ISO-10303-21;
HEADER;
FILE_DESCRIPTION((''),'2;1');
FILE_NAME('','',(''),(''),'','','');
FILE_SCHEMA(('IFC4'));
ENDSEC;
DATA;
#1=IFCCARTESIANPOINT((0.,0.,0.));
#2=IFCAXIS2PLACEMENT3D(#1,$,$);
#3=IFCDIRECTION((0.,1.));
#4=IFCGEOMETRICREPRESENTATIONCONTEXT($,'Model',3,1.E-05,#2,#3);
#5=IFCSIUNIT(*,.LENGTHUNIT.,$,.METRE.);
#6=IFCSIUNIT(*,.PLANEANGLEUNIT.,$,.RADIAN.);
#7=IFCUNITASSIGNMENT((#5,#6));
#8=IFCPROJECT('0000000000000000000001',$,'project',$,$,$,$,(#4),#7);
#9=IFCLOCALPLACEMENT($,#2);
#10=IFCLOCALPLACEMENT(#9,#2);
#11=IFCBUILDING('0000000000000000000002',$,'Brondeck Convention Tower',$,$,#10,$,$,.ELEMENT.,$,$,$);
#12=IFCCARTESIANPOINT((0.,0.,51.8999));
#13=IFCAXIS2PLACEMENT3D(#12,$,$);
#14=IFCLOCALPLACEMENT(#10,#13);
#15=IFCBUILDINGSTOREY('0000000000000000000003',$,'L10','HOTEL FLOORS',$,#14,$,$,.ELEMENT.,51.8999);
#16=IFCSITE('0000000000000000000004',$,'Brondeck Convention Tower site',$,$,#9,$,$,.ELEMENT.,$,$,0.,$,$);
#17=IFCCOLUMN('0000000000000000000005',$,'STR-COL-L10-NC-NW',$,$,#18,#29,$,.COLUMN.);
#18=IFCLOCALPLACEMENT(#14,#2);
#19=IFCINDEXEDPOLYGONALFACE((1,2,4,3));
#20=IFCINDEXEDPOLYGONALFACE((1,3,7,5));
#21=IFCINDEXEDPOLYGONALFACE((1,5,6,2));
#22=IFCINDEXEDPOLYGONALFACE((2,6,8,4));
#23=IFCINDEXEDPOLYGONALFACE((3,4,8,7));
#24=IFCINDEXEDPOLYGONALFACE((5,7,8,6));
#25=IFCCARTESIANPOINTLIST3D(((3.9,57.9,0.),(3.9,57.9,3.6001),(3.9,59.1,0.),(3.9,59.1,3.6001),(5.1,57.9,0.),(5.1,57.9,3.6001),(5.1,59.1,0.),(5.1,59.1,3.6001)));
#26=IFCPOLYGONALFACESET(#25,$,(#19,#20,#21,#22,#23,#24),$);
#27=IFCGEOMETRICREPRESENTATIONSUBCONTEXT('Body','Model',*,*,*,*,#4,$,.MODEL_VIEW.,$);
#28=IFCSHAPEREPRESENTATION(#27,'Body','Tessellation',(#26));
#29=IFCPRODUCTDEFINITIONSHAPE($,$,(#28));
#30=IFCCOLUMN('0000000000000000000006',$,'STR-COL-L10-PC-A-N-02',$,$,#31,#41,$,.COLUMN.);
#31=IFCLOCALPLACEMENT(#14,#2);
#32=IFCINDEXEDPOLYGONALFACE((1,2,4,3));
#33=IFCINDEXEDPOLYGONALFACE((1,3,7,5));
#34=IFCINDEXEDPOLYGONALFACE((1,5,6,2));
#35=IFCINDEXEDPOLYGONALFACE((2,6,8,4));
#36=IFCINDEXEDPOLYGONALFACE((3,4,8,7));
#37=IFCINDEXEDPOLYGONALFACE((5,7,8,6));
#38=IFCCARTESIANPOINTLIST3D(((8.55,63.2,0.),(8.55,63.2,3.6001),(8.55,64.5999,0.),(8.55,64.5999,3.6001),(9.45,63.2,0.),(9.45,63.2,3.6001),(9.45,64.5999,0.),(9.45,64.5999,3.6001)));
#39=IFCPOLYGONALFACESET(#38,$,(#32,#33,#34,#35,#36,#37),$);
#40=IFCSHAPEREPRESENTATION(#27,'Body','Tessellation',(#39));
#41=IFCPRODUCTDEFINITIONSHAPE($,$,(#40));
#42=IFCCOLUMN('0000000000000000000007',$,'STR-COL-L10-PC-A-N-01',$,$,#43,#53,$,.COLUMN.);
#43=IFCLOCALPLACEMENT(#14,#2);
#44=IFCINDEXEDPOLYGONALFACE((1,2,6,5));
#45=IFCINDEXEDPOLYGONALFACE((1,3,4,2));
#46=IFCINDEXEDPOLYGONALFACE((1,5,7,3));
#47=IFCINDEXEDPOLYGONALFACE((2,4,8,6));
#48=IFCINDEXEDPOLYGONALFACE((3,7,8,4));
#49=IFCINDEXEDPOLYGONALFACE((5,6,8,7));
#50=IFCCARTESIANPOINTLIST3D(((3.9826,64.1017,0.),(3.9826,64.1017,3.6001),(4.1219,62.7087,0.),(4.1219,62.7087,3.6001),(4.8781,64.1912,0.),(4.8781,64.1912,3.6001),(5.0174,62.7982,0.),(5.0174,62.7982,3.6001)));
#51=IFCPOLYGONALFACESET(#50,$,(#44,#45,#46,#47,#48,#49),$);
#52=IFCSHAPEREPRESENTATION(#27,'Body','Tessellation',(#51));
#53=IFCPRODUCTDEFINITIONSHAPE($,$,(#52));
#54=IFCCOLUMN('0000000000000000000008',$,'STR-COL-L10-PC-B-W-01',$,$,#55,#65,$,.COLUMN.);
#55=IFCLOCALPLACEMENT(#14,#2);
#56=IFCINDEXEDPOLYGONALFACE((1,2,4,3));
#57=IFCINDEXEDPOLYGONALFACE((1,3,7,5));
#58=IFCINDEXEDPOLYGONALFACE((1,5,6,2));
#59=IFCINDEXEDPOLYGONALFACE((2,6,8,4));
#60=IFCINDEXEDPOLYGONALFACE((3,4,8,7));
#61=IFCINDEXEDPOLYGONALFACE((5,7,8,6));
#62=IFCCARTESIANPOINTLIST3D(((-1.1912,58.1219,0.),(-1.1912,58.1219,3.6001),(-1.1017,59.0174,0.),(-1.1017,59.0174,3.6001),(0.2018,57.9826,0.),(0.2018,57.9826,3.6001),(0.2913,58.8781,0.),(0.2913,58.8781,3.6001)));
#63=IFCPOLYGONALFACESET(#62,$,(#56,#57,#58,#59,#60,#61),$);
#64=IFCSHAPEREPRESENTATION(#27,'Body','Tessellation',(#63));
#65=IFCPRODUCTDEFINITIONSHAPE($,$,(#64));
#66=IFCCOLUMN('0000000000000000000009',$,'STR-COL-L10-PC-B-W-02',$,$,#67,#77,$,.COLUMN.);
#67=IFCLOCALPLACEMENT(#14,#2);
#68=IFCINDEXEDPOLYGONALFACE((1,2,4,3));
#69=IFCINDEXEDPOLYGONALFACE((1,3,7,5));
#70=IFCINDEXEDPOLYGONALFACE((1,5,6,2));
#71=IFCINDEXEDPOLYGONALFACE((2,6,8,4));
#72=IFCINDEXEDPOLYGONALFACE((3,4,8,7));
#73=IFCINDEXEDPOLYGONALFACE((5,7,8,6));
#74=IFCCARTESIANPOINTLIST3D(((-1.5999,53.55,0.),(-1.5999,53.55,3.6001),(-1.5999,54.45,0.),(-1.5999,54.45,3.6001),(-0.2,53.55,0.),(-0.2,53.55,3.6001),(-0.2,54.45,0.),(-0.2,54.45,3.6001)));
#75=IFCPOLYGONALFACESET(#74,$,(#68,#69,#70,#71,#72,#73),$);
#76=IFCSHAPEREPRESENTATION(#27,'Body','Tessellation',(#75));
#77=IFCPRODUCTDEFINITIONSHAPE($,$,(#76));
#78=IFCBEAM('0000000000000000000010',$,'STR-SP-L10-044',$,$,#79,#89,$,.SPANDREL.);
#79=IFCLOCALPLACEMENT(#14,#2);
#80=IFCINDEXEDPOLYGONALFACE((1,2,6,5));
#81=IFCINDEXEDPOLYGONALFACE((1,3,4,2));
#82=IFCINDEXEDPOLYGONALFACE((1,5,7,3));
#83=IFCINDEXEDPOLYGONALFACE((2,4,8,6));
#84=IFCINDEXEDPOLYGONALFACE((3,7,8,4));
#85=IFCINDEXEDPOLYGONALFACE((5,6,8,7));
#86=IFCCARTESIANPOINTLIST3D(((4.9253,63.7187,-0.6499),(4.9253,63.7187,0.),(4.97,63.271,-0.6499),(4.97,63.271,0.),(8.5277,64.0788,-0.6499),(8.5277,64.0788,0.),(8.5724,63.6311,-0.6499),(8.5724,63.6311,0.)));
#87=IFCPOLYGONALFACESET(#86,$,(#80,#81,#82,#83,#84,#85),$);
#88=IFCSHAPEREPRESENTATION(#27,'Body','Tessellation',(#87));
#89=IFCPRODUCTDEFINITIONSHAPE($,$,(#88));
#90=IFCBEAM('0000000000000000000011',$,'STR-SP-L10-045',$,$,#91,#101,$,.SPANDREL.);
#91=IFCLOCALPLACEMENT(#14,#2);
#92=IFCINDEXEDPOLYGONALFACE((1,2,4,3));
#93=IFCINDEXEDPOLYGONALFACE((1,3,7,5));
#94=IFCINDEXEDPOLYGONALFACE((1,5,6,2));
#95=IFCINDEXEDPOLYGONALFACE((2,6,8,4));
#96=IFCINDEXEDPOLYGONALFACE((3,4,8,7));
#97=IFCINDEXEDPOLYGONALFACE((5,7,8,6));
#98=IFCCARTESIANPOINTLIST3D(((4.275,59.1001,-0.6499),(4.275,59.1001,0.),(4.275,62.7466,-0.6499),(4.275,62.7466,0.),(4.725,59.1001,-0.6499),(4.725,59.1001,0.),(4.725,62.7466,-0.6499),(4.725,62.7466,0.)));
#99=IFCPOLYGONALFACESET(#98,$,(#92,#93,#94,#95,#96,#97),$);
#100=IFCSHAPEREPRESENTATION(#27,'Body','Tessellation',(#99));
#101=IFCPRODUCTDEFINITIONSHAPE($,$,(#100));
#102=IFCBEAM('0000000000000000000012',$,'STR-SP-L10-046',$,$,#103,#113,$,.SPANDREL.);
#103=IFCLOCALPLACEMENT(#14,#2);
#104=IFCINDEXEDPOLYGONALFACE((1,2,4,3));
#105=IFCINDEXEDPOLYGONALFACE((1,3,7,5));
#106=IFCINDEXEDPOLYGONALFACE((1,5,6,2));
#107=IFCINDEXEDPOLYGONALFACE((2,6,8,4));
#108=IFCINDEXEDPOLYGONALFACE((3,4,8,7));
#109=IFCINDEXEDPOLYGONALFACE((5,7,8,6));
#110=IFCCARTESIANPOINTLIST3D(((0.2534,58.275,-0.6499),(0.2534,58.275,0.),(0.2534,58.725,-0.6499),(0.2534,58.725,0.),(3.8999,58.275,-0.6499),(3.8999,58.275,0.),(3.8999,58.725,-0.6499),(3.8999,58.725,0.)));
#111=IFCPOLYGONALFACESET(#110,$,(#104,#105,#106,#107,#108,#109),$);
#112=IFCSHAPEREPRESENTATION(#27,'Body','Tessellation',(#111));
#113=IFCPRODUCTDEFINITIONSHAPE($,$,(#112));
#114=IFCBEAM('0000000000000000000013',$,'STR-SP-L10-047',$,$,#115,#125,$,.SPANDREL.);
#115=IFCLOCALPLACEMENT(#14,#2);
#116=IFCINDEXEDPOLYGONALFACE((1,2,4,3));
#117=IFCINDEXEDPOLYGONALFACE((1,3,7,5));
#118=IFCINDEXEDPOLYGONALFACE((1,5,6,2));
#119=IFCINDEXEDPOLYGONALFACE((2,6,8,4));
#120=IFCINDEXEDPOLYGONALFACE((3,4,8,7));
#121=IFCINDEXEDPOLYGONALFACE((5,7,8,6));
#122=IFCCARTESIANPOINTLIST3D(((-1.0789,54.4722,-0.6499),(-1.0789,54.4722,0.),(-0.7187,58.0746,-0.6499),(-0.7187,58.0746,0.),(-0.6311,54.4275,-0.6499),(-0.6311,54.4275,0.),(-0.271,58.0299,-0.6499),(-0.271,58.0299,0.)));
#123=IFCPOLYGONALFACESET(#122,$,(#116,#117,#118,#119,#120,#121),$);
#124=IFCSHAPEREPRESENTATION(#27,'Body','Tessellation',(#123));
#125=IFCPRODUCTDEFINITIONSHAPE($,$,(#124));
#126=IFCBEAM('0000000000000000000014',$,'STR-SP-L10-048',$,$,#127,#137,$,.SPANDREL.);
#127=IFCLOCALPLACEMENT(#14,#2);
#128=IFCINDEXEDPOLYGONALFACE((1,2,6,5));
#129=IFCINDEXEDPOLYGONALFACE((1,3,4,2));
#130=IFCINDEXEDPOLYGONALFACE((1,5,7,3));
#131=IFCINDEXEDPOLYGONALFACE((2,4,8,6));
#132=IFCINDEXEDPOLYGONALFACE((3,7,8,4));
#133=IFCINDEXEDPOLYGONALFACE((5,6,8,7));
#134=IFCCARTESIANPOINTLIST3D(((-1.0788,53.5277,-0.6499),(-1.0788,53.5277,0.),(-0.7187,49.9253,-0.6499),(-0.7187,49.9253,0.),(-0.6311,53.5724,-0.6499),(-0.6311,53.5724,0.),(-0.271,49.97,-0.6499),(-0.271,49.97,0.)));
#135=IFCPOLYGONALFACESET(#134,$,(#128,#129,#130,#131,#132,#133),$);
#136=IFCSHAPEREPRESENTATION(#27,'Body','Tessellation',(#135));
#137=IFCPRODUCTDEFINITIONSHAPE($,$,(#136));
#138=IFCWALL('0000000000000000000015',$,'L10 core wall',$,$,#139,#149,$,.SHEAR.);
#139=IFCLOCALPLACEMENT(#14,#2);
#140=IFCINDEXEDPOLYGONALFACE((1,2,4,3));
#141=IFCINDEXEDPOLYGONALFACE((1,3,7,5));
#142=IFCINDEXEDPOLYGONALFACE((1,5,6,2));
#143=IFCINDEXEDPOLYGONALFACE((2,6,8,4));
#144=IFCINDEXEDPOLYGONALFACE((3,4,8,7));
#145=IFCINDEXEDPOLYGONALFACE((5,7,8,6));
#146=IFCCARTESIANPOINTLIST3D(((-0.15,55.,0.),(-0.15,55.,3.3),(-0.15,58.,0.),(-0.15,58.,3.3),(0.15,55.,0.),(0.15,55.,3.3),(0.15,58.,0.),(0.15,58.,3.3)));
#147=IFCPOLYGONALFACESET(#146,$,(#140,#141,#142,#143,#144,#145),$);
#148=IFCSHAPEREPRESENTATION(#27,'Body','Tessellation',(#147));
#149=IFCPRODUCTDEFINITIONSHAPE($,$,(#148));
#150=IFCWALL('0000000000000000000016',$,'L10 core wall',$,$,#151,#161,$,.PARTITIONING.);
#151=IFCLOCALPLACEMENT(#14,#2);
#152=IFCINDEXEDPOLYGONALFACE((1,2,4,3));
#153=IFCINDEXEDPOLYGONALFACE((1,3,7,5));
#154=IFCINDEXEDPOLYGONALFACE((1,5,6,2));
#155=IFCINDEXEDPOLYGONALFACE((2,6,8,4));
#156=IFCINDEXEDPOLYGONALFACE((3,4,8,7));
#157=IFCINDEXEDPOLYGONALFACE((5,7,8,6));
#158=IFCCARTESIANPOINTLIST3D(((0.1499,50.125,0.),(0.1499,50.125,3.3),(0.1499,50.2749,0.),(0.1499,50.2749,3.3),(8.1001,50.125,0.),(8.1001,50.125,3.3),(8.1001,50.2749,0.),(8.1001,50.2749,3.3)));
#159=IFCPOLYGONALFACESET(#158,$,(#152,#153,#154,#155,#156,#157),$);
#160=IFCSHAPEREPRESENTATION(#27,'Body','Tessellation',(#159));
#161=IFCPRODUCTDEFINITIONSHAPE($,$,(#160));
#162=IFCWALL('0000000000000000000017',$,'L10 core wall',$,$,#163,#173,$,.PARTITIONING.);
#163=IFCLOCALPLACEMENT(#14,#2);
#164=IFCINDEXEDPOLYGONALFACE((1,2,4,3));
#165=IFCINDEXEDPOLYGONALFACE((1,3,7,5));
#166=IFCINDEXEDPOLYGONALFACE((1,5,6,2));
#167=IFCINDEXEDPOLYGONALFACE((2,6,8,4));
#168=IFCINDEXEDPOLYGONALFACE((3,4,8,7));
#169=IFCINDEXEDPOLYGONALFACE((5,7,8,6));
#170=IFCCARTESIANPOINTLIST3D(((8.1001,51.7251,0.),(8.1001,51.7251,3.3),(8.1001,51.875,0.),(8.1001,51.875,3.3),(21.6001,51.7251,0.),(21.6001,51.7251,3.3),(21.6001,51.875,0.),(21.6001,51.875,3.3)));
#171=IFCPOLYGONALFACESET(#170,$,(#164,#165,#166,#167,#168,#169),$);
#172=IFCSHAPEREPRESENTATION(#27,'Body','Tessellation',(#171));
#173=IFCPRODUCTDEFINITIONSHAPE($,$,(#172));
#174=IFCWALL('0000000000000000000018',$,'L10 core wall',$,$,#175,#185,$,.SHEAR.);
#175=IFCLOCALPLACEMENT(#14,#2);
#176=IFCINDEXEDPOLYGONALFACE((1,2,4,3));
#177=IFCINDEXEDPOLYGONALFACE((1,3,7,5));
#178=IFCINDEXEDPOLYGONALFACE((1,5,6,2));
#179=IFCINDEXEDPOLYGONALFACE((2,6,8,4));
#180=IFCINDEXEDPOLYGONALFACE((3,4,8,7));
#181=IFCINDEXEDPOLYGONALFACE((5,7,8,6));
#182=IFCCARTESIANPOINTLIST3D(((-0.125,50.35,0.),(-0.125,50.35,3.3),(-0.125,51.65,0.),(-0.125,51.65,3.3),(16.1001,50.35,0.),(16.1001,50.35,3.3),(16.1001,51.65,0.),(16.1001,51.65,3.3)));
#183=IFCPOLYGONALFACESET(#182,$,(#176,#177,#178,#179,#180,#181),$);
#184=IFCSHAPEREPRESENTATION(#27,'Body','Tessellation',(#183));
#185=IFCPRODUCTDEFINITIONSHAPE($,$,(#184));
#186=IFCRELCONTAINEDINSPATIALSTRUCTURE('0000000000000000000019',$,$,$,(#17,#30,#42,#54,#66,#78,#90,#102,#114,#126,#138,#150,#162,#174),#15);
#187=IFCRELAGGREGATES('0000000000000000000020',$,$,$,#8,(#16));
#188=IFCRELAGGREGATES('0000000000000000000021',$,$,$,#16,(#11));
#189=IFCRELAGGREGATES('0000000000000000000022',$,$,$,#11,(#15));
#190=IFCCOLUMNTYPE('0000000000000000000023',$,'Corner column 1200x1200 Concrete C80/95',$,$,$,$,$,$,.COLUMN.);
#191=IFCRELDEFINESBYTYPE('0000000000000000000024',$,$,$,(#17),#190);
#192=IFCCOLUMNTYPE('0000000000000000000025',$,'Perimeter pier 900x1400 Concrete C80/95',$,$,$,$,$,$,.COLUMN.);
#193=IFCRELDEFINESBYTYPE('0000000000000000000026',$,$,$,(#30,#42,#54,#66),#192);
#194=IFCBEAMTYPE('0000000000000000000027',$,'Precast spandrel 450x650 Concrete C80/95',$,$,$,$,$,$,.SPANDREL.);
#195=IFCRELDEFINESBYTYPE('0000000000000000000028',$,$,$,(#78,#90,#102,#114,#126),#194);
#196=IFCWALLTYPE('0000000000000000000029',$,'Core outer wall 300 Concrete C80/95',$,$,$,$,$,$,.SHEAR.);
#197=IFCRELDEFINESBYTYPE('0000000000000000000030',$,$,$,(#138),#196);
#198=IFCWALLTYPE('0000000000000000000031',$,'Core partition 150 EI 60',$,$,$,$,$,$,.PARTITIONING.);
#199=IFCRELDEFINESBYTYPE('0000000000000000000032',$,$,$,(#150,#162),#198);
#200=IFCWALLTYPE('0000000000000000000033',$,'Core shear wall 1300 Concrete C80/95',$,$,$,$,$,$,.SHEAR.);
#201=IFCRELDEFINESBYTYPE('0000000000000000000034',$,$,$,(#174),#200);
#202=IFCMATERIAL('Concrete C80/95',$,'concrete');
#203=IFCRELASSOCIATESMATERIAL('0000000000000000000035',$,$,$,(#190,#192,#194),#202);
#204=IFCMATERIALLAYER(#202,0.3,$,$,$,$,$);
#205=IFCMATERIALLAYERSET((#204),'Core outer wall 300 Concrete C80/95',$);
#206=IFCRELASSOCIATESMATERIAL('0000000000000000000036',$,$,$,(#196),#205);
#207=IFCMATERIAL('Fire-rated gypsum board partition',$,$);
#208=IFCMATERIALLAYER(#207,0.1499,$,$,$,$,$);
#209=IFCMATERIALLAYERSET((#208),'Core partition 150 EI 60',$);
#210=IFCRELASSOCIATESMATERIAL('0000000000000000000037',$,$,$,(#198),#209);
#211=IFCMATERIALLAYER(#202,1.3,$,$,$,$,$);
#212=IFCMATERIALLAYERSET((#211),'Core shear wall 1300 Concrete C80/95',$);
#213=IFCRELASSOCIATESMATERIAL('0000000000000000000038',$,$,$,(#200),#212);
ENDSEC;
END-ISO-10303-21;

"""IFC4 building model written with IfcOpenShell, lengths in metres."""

from ifc_helpers import new_model, si_unit, direction, frame, frame_2d, origin, origin_2d, place, context, subcontext, project, spatial, rectangle, extrude, material, layer, layer_set, material_profile, profile_set, type_object, element, save


model = new_model("IFC4")

# Units and contexts
model_context = context("Model", 3, precision=1e-05, world=origin(), true_north=direction((0.0, 1.0)))
body_context = subcontext(model_context, "Body", "Model", "MODEL_VIEW")
ifc_project = project(units=[si_unit("LENGTHUNIT", "METRE"), si_unit("PLANEANGLEUNIT", "RADIAN")], contexts=[model_context])

# Site, building, storey
site_placement = place(None, origin())
site = spatial("IfcSite", under=ifc_project, at=site_placement, Name="Brondeck Convention Tower site", CompositionType="ELEMENT", RefElevation=0.0)
building_placement = place(site_placement, origin())
building = spatial("IfcBuilding", under=site, at=building_placement, Name="Brondeck Convention Tower", CompositionType="ELEMENT")
storey_placement = place(building_placement, frame((0.0, 0.0, 51.8999)))
storey = spatial("IfcBuildingStorey", under=building, at=storey_placement, Name="L10", Description="HOTEL FLOORS", CompositionType="ELEMENT", Elevation=51.8999)

# Columns
ifc_material_1 = material(Name="Concrete C80/95", Category="concrete")
ifc_material_profile_1 = material_profile(ifc_material_1, rectangle(XDim=1.2, YDim=1.2, at=origin_2d()), Name="Corner column 1200x1200 Concrete C80/95")
ifc_profile_set_1 = profile_set([ifc_material_profile_1], Name="Concrete C80/95")
column_type_1 = type_object("IfcColumnType", Name="Corner column 1200x1200 Concrete C80/95", PredefinedType="COLUMN", material=ifc_profile_set_1)
column_placement = place(storey_placement, frame((4.5, 58.5, 0.0), z_axis=(0.0, 0.0, 1.0), x_axis=(1.0, 0.0, 0.0)))
element("IfcColumn", 1, at=column_placement, inside=storey, type_object=column_type_1, Name="STR-COL-L10-NC-NW", PredefinedType="COLUMN", context=body_context, shape_type="SweptSolid", body=[
    extrude(rectangle(XDim=1.2, YDim=1.2, at=origin_2d()), origin(), (0.0, 0.0, 1.0), 3.6001),
])
ifc_material_profile_2 = material_profile(ifc_material_1, rectangle(XDim=0.8999, YDim=1.3999, at=origin_2d()), Name="Perimeter pier 900x1400 Concrete C80/95")
ifc_profile_set_2 = profile_set([ifc_material_profile_2], Name="Concrete C80/95")
column_type_2 = type_object("IfcColumnType", Name="Perimeter pier 900x1400 Concrete C80/95", PredefinedType="COLUMN", material=ifc_profile_set_2)
for number, where, z_axis, x_axis, name in (
    (2, (9.0, 63.8999, 0.0), (0.0, 0.0, 1.0), (-1.0, 0.0, 0.0), "STR-COL-L10-PC-A-N-02"),
    (3, (4.5, 63.45, 0.0), (0.0, 0.0, 1.0), (-0.995037, -0.099504, 0.0), "STR-COL-L10-PC-A-N-01"),
    (4, (-0.45, 58.5, 0.0), (0.0, 0.0, 1.0), (-0.099504, -0.995037, 0.0), "STR-COL-L10-PC-B-W-01"),
    (5, (-0.8999, 54.0, 0.0), (0.0, 0.0, 1.0), (0.0, -1.0, 0.0), "STR-COL-L10-PC-B-W-02"),
):
    element("IfcColumn", number, at=place(storey_placement, frame(where, z_axis=z_axis, x_axis=x_axis)), inside=storey, type_object=column_type_2, Name=name, PredefinedType="COLUMN", context=body_context, shape_type="SweptSolid", body=[
        extrude(rectangle(XDim=0.8999, YDim=1.3999, at=origin_2d()), origin(), (0.0, 0.0, 1.0), 3.6001),
    ])

# Beams
ifc_material_profile_3 = material_profile(ifc_material_1, rectangle(XDim=0.45, YDim=0.6499, at=origin_2d()), Name="Precast spandrel 450x650 Concrete C80/95")
ifc_profile_set_3 = profile_set([ifc_material_profile_3], Name="Concrete C80/95")
beam_type = type_object("IfcBeamType", Name="Precast spandrel 450x650 Concrete C80/95", PredefinedType="SPANDREL", material=ifc_profile_set_3)
beam_placement = place(storey_placement, frame((8.55, 63.855, -0.325), z_axis=(-0.995041, -0.09947, 0.0), x_axis=(0.09947, -0.995041, 0.0)))
element("IfcBeam", 6, at=beam_placement, inside=storey, type_object=beam_type, Name="STR-SP-L10-044", PredefinedType="SPANDREL", context=body_context, shape_type="SweptSolid", body=[
    extrude(rectangle(XDim=0.45, YDim=0.6499, at=origin_2d()), origin(), (0.0, 0.0, 1.0), 3.6204),
])
for number, where, z_axis, x_axis, name in (
    (7, (4.5, 62.7466, -0.325), (0.0, -1.0, 0.0), (1.0, 0.0, 0.0), "STR-SP-L10-045"),
    (8, (3.8999, 58.5, -0.325), (-1.0, 0.0, 0.0), (0.0, -1.0, 0.0), "STR-SP-L10-046"),
):
    element("IfcBeam", number, at=place(storey_placement, frame(where, z_axis=z_axis, x_axis=x_axis)), inside=storey, type_object=beam_type, Name=name, PredefinedType="SPANDREL", context=body_context, shape_type="SweptSolid", body=[
        extrude(rectangle(XDim=0.45, YDim=0.6499, at=origin_2d()), origin(), (0.0, 0.0, 1.0), 3.6465),
    ])
for number, where, z_axis, x_axis, name in (
    (9, (-0.4949, 58.0522, -0.325), (-0.09947, -0.995041, 0.0), (0.995041, -0.09947, 0.0), "STR-SP-L10-047"),
    (10, (-0.855, 53.55, -0.325), (0.09947, -0.995041, 0.0), (0.995041, 0.09947, 0.0), "STR-SP-L10-048"),
):
    element("IfcBeam", number, at=place(storey_placement, frame(where, z_axis=z_axis, x_axis=x_axis)), inside=storey, type_object=beam_type, Name=name, PredefinedType="SPANDREL", context=body_context, shape_type="SweptSolid", body=[
        extrude(rectangle(XDim=0.45, YDim=0.6499, at=origin_2d()), origin(), (0.0, 0.0, 1.0), 3.6204),
    ])

# Walls
ifc_layer_1 = layer(ifc_material_1, 0.3)
ifc_layer_set_1 = layer_set([ifc_layer_1], Name="Core outer wall 300 Concrete C80/95")
wall_type_1 = type_object("IfcWallType", Name="Core outer wall 300 Concrete C80/95", PredefinedType="SHEAR", material=ifc_layer_set_1)
wall_1_placement = place(storey_placement, frame((0.0, 55.0, 0.0), z_axis=(0.0, 0.0, 1.0), x_axis=(0.0, 1.0, 0.0)))
element("IfcWall", 11, at=wall_1_placement, inside=storey, type_object=wall_type_1, Name="L10 core wall", PredefinedType="SHEAR", context=body_context, shape_type="SweptSolid", body=[
    extrude(rectangle(XDim=3.0, YDim=0.3, at=frame_2d((1.5, 0.0))), origin(), (0.0, 0.0, 1.0), 3.3),
])
ifc_material_2 = material(Name="Fire-rated gypsum board partition")
ifc_layer_2 = layer(ifc_material_2, 0.1499)
ifc_layer_set_2 = layer_set([ifc_layer_2], Name="Core partition 150 EI 60")
wall_type_2 = type_object("IfcWallType", Name="Core partition 150 EI 60", PredefinedType="PARTITIONING", material=ifc_layer_set_2)
wall_2_placement = place(storey_placement, frame((0.1499, 50.2, 0.0), z_axis=(0.0, 0.0, 1.0), x_axis=(1.0, 0.0, 0.0)))
element("IfcWall", 12, at=wall_2_placement, inside=storey, type_object=wall_type_2, Name="L10 core wall", PredefinedType="PARTITIONING", context=body_context, shape_type="SweptSolid", body=[
    extrude(rectangle(XDim=7.9502, YDim=0.1499, at=frame_2d((3.9751, 0.0))), origin(), (0.0, 0.0, 1.0), 3.3),
])
wall_3_placement = place(storey_placement, frame((8.1001, 51.8, 0.0), z_axis=(0.0, 0.0, 1.0), x_axis=(1.0, 0.0, 0.0)))
element("IfcWall", 13, at=wall_3_placement, inside=storey, type_object=wall_type_2, Name="L10 core wall", PredefinedType="PARTITIONING", context=body_context, shape_type="SweptSolid", body=[
    extrude(rectangle(XDim=13.5, YDim=0.1499, at=frame_2d((6.75, 0.0))), origin(), (0.0, 0.0, 1.0), 3.3),
])
ifc_layer_3 = layer(ifc_material_1, 1.3)
ifc_layer_set_3 = layer_set([ifc_layer_3], Name="Core shear wall 1300 Concrete C80/95")
wall_type_3 = type_object("IfcWallType", Name="Core shear wall 1300 Concrete C80/95", PredefinedType="SHEAR", material=ifc_layer_set_3)
wall_4_placement = place(storey_placement, frame((-0.125, 51.0, 0.0), z_axis=(0.0, 0.0, 1.0), x_axis=(1.0, 0.0, 0.0)))
element("IfcWall", 14, at=wall_4_placement, inside=storey, type_object=wall_type_3, Name="L10 core wall", PredefinedType="SHEAR", context=body_context, shape_type="SweptSolid", body=[
    extrude(rectangle(XDim=16.2251, YDim=1.3, at=frame_2d((8.1125, 0.0))), origin(), (0.0, 0.0, 1.0), 3.3),
])

save(model, "model.ifc")
